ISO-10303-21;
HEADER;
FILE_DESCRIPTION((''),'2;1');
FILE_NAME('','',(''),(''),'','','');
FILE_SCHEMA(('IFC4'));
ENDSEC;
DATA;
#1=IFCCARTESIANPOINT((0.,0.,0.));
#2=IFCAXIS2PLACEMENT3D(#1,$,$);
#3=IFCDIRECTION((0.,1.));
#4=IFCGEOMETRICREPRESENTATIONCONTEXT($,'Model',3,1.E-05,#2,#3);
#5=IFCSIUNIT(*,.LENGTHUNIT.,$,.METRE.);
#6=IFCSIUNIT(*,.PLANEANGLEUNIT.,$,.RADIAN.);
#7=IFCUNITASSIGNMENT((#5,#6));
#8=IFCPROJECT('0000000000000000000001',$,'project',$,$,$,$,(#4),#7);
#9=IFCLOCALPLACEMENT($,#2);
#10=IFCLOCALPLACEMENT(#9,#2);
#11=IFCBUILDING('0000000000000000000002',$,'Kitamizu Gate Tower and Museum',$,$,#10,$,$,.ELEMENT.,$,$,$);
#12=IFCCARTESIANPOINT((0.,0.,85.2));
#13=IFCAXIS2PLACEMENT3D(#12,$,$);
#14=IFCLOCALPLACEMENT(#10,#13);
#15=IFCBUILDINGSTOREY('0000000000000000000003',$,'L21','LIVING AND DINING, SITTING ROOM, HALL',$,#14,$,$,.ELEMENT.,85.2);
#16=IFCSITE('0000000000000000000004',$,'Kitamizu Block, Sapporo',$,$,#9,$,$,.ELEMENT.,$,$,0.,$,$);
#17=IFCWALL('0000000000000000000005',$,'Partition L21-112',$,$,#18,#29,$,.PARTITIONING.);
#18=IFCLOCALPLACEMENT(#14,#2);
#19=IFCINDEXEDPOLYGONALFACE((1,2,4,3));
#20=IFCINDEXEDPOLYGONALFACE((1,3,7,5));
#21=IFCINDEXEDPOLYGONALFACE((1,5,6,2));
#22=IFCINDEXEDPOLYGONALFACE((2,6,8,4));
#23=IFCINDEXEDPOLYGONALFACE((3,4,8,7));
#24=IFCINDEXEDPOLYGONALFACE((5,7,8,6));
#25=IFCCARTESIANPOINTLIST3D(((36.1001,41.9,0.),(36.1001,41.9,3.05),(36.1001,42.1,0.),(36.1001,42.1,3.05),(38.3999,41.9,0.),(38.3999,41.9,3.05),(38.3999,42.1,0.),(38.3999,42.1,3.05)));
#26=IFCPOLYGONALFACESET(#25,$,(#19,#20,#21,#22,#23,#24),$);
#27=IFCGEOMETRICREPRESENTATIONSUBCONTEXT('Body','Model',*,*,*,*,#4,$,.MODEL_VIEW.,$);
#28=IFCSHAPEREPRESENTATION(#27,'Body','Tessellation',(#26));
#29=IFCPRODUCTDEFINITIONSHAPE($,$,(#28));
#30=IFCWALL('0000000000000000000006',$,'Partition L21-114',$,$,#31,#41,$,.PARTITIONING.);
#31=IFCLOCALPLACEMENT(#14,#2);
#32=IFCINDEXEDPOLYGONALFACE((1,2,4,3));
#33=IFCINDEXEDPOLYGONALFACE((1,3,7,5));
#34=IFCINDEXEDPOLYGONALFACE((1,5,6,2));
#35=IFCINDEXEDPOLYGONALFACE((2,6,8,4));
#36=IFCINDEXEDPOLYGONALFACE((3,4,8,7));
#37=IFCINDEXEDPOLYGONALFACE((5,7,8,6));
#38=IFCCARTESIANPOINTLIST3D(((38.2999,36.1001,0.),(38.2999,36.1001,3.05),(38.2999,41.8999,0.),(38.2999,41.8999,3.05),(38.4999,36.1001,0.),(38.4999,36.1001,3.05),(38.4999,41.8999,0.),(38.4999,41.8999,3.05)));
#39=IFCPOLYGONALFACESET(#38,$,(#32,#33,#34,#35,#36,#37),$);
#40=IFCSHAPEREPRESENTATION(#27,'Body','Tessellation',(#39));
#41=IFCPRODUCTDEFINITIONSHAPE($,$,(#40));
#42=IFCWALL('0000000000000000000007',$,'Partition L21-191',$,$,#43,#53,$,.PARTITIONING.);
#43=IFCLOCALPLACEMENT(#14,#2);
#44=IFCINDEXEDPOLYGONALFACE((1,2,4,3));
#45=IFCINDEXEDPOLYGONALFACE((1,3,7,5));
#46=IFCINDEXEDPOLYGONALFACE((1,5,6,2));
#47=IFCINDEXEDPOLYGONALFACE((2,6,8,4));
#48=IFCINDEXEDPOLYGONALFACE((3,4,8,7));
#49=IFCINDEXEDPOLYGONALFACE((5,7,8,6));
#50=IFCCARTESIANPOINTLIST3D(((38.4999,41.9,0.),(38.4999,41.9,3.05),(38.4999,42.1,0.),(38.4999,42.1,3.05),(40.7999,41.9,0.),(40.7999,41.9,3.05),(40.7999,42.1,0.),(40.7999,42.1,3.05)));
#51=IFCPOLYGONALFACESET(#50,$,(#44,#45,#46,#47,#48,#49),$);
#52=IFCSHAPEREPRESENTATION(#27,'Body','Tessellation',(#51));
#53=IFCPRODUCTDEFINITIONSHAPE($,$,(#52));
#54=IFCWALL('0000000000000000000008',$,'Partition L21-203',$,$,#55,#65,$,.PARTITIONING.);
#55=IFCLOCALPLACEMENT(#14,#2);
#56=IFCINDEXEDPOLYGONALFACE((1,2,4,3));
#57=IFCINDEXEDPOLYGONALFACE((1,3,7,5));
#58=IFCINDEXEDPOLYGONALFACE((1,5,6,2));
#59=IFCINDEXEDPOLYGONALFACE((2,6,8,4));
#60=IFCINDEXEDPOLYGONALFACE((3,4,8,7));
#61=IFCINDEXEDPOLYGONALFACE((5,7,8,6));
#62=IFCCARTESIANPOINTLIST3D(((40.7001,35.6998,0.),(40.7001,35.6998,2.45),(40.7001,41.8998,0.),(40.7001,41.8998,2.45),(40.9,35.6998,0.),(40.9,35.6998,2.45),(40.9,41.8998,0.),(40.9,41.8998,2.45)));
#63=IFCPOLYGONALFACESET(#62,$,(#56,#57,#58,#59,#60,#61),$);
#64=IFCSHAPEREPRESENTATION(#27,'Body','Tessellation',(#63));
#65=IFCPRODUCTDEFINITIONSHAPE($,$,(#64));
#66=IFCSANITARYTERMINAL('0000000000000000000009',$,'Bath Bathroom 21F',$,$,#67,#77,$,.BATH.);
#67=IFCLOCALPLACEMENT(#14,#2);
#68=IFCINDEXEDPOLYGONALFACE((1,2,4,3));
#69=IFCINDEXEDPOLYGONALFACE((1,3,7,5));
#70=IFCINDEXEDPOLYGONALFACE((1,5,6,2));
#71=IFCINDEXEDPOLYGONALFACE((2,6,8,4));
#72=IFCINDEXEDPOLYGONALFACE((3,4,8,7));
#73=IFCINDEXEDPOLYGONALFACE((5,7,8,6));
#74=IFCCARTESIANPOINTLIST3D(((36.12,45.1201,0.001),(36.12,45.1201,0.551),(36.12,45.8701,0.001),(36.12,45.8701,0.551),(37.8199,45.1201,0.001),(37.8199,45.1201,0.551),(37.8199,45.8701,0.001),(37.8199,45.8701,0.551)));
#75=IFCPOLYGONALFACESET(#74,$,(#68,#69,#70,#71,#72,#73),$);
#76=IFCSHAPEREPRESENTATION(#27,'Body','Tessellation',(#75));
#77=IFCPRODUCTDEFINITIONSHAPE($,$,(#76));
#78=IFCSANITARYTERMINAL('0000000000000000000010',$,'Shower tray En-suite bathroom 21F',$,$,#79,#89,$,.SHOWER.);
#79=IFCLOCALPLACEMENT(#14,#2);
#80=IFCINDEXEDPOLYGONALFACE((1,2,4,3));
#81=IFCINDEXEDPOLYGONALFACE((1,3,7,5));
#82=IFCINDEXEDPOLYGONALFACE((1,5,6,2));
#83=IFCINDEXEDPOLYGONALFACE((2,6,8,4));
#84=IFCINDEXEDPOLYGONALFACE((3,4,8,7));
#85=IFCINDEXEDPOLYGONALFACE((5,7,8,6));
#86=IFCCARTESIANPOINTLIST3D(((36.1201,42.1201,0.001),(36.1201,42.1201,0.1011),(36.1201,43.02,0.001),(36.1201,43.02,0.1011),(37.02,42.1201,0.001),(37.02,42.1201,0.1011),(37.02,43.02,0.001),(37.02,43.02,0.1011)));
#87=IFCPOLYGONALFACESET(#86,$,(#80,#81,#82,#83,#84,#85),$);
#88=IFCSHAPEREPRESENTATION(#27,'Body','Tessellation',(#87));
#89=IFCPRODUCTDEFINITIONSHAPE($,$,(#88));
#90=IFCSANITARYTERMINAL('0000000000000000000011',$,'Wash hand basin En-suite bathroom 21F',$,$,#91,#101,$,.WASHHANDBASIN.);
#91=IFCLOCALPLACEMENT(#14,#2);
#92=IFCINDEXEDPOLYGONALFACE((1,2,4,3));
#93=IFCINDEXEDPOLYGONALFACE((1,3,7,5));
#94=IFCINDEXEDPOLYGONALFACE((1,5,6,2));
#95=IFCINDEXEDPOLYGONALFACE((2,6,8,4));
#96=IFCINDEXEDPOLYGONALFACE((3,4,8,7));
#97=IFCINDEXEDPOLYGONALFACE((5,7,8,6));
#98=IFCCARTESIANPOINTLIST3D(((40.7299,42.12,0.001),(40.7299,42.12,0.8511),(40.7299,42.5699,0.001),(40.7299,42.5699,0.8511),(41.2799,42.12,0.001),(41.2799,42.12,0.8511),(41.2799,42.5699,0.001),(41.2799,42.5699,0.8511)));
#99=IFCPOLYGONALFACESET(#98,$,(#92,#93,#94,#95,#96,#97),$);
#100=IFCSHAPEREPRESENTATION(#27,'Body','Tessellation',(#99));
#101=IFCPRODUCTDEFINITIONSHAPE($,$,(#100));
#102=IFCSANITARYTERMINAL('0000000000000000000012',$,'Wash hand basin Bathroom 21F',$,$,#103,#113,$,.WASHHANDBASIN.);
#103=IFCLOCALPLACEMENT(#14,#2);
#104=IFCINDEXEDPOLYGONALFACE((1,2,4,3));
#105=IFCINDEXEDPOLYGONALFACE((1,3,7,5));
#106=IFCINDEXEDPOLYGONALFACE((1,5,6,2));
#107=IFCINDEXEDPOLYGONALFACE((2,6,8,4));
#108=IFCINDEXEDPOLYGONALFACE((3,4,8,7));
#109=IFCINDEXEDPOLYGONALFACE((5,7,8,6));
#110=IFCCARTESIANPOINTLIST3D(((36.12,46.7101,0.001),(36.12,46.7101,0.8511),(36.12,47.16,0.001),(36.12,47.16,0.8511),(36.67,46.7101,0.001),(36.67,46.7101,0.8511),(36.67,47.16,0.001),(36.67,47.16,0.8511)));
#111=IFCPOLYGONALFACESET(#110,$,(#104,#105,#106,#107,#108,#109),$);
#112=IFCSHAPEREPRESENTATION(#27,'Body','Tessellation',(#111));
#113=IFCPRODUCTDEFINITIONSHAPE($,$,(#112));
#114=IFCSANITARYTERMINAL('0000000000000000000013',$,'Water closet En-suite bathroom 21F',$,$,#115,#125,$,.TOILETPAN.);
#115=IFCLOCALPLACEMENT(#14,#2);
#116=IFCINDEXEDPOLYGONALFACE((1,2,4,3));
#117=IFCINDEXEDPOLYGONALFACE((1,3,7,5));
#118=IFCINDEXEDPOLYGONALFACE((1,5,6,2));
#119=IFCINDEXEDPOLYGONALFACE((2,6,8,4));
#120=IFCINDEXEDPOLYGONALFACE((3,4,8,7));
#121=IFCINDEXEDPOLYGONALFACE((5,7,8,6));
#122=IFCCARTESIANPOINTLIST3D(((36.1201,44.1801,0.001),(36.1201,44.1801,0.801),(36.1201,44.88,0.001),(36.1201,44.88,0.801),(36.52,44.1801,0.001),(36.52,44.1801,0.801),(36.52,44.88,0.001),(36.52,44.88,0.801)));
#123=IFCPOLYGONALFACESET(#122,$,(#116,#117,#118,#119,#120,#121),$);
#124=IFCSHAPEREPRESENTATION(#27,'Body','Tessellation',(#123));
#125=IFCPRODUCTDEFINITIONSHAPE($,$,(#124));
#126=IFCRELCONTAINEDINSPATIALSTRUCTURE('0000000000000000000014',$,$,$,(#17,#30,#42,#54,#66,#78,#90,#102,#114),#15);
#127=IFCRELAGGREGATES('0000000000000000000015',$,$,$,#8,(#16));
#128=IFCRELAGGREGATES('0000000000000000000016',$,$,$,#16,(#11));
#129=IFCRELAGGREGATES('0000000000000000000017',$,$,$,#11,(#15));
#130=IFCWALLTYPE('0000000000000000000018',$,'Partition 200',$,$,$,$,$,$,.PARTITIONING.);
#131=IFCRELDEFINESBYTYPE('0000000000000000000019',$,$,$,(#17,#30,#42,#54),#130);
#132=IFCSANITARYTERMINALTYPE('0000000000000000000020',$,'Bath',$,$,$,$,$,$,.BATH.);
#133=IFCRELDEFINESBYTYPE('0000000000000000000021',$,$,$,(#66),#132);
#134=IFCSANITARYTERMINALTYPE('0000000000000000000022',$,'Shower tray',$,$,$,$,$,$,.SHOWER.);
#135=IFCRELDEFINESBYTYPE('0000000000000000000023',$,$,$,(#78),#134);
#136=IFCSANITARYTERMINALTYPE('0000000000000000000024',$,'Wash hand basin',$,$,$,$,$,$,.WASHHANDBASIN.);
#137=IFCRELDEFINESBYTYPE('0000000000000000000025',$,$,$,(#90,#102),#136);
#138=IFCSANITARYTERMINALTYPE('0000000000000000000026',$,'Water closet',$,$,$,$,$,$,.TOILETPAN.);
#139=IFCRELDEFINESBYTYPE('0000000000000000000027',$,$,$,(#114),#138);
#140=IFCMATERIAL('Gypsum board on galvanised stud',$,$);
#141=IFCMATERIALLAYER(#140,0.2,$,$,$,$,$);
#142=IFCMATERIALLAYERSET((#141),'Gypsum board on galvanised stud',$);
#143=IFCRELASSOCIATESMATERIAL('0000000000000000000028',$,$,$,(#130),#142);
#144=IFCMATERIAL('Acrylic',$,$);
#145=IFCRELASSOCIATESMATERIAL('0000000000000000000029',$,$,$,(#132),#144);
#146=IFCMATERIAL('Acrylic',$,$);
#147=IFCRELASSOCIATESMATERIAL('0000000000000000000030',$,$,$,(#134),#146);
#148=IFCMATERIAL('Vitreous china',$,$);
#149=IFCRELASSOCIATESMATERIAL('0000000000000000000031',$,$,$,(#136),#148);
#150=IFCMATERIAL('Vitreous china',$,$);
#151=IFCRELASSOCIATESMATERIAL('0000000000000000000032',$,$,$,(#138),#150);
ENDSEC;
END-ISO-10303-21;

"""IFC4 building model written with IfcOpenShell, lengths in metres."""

from ifc_helpers import new_model, si_unit, direction, frame, frame_2d, origin, origin_2d, place, context, subcontext, project, spatial, rectangle, extrude, material, layer, layer_set, type_object, element, save


model = new_model("IFC4")

# Units and contexts
model_context = context("Model", 3, precision=1e-05, world=origin(), true_north=direction((0.0, 1.0)))
body_context = subcontext(model_context, "Body", "Model", "MODEL_VIEW")
ifc_project = project(units=[si_unit("LENGTHUNIT", "METRE"), si_unit("PLANEANGLEUNIT", "RADIAN")], contexts=[model_context])

# Site, building, storey
site_placement = place(None, origin())
site = spatial("IfcSite", under=ifc_project, at=site_placement, Name="Kitamizu Block, Sapporo", CompositionType="ELEMENT", RefElevation=0.0)
building_placement = place(site_placement, origin())
building = spatial("IfcBuilding", under=site, at=building_placement, Name="Kitamizu Gate Tower and Museum", CompositionType="ELEMENT")
storey_placement = place(building_placement, frame((0.0, 0.0, 85.2)))
storey = spatial("IfcBuildingStorey", under=building, at=storey_placement, Name="L21", Description="LIVING AND DINING, SITTING ROOM, HALL", CompositionType="ELEMENT", Elevation=85.2)

# Walls
ifc_material_1 = material(Name="Gypsum board on galvanised stud")
ifc_layer_1 = layer(ifc_material_1, 0.2)
ifc_layer_set_1 = layer_set([ifc_layer_1], Name="Gypsum board on galvanised stud")
wall_type_1 = type_object("IfcWallType", Name="Partition 200", PredefinedType="PARTITIONING", material=ifc_layer_set_1)
wall_1_placement = place(storey_placement, frame((38.3999, 42.0, 0.0), z_axis=(0.0, 0.0, 1.0), x_axis=(-1.0, 0.0, 0.0)))
element("IfcWall", 1, at=wall_1_placement, inside=storey, type_object=wall_type_1, Name="Partition L21-112", PredefinedType="PARTITIONING", context=body_context, shape_type="SweptSolid", body=[
    extrude(rectangle(XDim=2.2998, YDim=0.2, at=frame_2d((1.1499, 0.0))), origin(), (0.0, 0.0, 1.0), 3.05),
])
wall_2_placement = place(storey_placement, frame((38.3999, 36.1001, 0.0), z_axis=(0.0, 0.0, 1.0), x_axis=(0.0, 1.0, 0.0)))
element("IfcWall", 2, at=wall_2_placement, inside=storey, type_object=wall_type_1, Name="Partition L21-114", PredefinedType="PARTITIONING", context=body_context, shape_type="SweptSolid", body=[
    extrude(rectangle(XDim=5.7998, YDim=0.2, at=frame_2d((2.8999, 0.0))), origin(), (0.0, 0.0, 1.0), 3.05),
])
wall_3_placement = place(storey_placement, frame((38.5, 42.0, 0.0), z_axis=(0.0, 0.0, 1.0), x_axis=(1.0, 0.0, 0.0)))
element("IfcWall", 3, at=wall_3_placement, inside=storey, type_object=wall_type_1, Name="Partition L21-191", PredefinedType="PARTITIONING", context=body_context, shape_type="SweptSolid", body=[
    extrude(rectangle(XDim=2.3, YDim=0.2, at=frame_2d((1.1499, 0.0))), origin(), (0.0, 0.0, 1.0), 3.05),
])
wall_4_placement = place(storey_placement, frame((40.8, 41.8999, 0.0), z_axis=(0.0, 0.0, 1.0), x_axis=(0.0, -1.0, 0.0)))
element("IfcWall", 4, at=wall_4_placement, inside=storey, type_object=wall_type_1, Name="Partition L21-203", PredefinedType="PARTITIONING", context=body_context, shape_type="SweptSolid", body=[
    extrude(rectangle(XDim=6.2, YDim=0.2, at=frame_2d((3.1001, 0.0))), origin(), (0.0, 0.0, 1.0), 2.45),
])

# Sanitary terminals
ifc_material_2 = material(Name="Acrylic")
sanitary_terminal_type_1 = type_object("IfcSanitaryTerminalType", Name="Bath", PredefinedType="BATH", material=ifc_material_2)
sanitary_terminal_1_placement = place(storey_placement, frame((36.97, 45.4951, 0.001), z_axis=(0.0, 0.0, 1.0), x_axis=(1.0, 0.0, 0.0)))
element("IfcSanitaryTerminal", 5, at=sanitary_terminal_1_placement, inside=storey, type_object=sanitary_terminal_type_1, Name="Bath Bathroom 21F", PredefinedType="BATH", context=body_context, shape_type="SweptSolid", body=[
    extrude(rectangle(XDim=1.7, YDim=0.75, at=origin_2d()), origin(), (0.0, 0.0, 1.0), 0.55),
])
ifc_material_3 = material(Name="Acrylic")
sanitary_terminal_type_2 = type_object("IfcSanitaryTerminalType", Name="Shower tray", PredefinedType="SHOWER", material=ifc_material_3)
sanitary_terminal_2_placement = place(storey_placement, frame((36.5701, 42.5701, 0.001), z_axis=(0.0, 0.0, 1.0), x_axis=(1.0, 0.0, 0.0)))
element("IfcSanitaryTerminal", 6, at=sanitary_terminal_2_placement, inside=storey, type_object=sanitary_terminal_type_2, Name="Shower tray En-suite bathroom 21F", PredefinedType="SHOWER", context=body_context, shape_type="SweptSolid", body=[
    extrude(rectangle(XDim=0.8999, YDim=0.8999, at=origin_2d()), origin(), (0.0, 0.0, 1.0), 0.1001),
])
ifc_material_4 = material(Name="Vitreous china")
sanitary_terminal_type_3 = type_object("IfcSanitaryTerminalType", Name="Wash hand basin", PredefinedType="WASHHANDBASIN", material=ifc_material_4)
for number, where, z_axis, x_axis, name in (
    (7, (41.0049, 42.345, 0.001), (0.0, 0.0, 1.0), (1.0, 0.0, 0.0), "Wash hand basin En-suite bathroom 21F"),
    (8, (36.395, 46.9351, 0.001), (0.0, 0.0, 1.0), (1.0, 0.0, 0.0), "Wash hand basin Bathroom 21F"),
):
    element("IfcSanitaryTerminal", number, at=place(storey_placement, frame(where, z_axis=z_axis, x_axis=x_axis)), inside=storey, type_object=sanitary_terminal_type_3, Name=name, PredefinedType="WASHHANDBASIN", context=body_context, shape_type="SweptSolid", body=[
        extrude(rectangle(XDim=0.55, YDim=0.45, at=origin_2d()), origin(), (0.0, 0.0, 1.0), 0.8501),
    ])
ifc_material_5 = material(Name="Vitreous china")
sanitary_terminal_type_4 = type_object("IfcSanitaryTerminalType", Name="Water closet", PredefinedType="TOILETPAN", material=ifc_material_5)
sanitary_terminal_3_placement = place(storey_placement, frame((36.3201, 44.53, 0.001), z_axis=(0.0, 0.0, 1.0), x_axis=(1.0, 0.0, 0.0)))
element("IfcSanitaryTerminal", 9, at=sanitary_terminal_3_placement, inside=storey, type_object=sanitary_terminal_type_4, Name="Water closet En-suite bathroom 21F", PredefinedType="TOILETPAN", context=body_context, shape_type="SweptSolid", body=[
    extrude(rectangle(XDim=0.3999, YDim=0.7, at=origin_2d()), origin(), (0.0, 0.0, 1.0), 0.8),
])

save(model, "model.ifc")
